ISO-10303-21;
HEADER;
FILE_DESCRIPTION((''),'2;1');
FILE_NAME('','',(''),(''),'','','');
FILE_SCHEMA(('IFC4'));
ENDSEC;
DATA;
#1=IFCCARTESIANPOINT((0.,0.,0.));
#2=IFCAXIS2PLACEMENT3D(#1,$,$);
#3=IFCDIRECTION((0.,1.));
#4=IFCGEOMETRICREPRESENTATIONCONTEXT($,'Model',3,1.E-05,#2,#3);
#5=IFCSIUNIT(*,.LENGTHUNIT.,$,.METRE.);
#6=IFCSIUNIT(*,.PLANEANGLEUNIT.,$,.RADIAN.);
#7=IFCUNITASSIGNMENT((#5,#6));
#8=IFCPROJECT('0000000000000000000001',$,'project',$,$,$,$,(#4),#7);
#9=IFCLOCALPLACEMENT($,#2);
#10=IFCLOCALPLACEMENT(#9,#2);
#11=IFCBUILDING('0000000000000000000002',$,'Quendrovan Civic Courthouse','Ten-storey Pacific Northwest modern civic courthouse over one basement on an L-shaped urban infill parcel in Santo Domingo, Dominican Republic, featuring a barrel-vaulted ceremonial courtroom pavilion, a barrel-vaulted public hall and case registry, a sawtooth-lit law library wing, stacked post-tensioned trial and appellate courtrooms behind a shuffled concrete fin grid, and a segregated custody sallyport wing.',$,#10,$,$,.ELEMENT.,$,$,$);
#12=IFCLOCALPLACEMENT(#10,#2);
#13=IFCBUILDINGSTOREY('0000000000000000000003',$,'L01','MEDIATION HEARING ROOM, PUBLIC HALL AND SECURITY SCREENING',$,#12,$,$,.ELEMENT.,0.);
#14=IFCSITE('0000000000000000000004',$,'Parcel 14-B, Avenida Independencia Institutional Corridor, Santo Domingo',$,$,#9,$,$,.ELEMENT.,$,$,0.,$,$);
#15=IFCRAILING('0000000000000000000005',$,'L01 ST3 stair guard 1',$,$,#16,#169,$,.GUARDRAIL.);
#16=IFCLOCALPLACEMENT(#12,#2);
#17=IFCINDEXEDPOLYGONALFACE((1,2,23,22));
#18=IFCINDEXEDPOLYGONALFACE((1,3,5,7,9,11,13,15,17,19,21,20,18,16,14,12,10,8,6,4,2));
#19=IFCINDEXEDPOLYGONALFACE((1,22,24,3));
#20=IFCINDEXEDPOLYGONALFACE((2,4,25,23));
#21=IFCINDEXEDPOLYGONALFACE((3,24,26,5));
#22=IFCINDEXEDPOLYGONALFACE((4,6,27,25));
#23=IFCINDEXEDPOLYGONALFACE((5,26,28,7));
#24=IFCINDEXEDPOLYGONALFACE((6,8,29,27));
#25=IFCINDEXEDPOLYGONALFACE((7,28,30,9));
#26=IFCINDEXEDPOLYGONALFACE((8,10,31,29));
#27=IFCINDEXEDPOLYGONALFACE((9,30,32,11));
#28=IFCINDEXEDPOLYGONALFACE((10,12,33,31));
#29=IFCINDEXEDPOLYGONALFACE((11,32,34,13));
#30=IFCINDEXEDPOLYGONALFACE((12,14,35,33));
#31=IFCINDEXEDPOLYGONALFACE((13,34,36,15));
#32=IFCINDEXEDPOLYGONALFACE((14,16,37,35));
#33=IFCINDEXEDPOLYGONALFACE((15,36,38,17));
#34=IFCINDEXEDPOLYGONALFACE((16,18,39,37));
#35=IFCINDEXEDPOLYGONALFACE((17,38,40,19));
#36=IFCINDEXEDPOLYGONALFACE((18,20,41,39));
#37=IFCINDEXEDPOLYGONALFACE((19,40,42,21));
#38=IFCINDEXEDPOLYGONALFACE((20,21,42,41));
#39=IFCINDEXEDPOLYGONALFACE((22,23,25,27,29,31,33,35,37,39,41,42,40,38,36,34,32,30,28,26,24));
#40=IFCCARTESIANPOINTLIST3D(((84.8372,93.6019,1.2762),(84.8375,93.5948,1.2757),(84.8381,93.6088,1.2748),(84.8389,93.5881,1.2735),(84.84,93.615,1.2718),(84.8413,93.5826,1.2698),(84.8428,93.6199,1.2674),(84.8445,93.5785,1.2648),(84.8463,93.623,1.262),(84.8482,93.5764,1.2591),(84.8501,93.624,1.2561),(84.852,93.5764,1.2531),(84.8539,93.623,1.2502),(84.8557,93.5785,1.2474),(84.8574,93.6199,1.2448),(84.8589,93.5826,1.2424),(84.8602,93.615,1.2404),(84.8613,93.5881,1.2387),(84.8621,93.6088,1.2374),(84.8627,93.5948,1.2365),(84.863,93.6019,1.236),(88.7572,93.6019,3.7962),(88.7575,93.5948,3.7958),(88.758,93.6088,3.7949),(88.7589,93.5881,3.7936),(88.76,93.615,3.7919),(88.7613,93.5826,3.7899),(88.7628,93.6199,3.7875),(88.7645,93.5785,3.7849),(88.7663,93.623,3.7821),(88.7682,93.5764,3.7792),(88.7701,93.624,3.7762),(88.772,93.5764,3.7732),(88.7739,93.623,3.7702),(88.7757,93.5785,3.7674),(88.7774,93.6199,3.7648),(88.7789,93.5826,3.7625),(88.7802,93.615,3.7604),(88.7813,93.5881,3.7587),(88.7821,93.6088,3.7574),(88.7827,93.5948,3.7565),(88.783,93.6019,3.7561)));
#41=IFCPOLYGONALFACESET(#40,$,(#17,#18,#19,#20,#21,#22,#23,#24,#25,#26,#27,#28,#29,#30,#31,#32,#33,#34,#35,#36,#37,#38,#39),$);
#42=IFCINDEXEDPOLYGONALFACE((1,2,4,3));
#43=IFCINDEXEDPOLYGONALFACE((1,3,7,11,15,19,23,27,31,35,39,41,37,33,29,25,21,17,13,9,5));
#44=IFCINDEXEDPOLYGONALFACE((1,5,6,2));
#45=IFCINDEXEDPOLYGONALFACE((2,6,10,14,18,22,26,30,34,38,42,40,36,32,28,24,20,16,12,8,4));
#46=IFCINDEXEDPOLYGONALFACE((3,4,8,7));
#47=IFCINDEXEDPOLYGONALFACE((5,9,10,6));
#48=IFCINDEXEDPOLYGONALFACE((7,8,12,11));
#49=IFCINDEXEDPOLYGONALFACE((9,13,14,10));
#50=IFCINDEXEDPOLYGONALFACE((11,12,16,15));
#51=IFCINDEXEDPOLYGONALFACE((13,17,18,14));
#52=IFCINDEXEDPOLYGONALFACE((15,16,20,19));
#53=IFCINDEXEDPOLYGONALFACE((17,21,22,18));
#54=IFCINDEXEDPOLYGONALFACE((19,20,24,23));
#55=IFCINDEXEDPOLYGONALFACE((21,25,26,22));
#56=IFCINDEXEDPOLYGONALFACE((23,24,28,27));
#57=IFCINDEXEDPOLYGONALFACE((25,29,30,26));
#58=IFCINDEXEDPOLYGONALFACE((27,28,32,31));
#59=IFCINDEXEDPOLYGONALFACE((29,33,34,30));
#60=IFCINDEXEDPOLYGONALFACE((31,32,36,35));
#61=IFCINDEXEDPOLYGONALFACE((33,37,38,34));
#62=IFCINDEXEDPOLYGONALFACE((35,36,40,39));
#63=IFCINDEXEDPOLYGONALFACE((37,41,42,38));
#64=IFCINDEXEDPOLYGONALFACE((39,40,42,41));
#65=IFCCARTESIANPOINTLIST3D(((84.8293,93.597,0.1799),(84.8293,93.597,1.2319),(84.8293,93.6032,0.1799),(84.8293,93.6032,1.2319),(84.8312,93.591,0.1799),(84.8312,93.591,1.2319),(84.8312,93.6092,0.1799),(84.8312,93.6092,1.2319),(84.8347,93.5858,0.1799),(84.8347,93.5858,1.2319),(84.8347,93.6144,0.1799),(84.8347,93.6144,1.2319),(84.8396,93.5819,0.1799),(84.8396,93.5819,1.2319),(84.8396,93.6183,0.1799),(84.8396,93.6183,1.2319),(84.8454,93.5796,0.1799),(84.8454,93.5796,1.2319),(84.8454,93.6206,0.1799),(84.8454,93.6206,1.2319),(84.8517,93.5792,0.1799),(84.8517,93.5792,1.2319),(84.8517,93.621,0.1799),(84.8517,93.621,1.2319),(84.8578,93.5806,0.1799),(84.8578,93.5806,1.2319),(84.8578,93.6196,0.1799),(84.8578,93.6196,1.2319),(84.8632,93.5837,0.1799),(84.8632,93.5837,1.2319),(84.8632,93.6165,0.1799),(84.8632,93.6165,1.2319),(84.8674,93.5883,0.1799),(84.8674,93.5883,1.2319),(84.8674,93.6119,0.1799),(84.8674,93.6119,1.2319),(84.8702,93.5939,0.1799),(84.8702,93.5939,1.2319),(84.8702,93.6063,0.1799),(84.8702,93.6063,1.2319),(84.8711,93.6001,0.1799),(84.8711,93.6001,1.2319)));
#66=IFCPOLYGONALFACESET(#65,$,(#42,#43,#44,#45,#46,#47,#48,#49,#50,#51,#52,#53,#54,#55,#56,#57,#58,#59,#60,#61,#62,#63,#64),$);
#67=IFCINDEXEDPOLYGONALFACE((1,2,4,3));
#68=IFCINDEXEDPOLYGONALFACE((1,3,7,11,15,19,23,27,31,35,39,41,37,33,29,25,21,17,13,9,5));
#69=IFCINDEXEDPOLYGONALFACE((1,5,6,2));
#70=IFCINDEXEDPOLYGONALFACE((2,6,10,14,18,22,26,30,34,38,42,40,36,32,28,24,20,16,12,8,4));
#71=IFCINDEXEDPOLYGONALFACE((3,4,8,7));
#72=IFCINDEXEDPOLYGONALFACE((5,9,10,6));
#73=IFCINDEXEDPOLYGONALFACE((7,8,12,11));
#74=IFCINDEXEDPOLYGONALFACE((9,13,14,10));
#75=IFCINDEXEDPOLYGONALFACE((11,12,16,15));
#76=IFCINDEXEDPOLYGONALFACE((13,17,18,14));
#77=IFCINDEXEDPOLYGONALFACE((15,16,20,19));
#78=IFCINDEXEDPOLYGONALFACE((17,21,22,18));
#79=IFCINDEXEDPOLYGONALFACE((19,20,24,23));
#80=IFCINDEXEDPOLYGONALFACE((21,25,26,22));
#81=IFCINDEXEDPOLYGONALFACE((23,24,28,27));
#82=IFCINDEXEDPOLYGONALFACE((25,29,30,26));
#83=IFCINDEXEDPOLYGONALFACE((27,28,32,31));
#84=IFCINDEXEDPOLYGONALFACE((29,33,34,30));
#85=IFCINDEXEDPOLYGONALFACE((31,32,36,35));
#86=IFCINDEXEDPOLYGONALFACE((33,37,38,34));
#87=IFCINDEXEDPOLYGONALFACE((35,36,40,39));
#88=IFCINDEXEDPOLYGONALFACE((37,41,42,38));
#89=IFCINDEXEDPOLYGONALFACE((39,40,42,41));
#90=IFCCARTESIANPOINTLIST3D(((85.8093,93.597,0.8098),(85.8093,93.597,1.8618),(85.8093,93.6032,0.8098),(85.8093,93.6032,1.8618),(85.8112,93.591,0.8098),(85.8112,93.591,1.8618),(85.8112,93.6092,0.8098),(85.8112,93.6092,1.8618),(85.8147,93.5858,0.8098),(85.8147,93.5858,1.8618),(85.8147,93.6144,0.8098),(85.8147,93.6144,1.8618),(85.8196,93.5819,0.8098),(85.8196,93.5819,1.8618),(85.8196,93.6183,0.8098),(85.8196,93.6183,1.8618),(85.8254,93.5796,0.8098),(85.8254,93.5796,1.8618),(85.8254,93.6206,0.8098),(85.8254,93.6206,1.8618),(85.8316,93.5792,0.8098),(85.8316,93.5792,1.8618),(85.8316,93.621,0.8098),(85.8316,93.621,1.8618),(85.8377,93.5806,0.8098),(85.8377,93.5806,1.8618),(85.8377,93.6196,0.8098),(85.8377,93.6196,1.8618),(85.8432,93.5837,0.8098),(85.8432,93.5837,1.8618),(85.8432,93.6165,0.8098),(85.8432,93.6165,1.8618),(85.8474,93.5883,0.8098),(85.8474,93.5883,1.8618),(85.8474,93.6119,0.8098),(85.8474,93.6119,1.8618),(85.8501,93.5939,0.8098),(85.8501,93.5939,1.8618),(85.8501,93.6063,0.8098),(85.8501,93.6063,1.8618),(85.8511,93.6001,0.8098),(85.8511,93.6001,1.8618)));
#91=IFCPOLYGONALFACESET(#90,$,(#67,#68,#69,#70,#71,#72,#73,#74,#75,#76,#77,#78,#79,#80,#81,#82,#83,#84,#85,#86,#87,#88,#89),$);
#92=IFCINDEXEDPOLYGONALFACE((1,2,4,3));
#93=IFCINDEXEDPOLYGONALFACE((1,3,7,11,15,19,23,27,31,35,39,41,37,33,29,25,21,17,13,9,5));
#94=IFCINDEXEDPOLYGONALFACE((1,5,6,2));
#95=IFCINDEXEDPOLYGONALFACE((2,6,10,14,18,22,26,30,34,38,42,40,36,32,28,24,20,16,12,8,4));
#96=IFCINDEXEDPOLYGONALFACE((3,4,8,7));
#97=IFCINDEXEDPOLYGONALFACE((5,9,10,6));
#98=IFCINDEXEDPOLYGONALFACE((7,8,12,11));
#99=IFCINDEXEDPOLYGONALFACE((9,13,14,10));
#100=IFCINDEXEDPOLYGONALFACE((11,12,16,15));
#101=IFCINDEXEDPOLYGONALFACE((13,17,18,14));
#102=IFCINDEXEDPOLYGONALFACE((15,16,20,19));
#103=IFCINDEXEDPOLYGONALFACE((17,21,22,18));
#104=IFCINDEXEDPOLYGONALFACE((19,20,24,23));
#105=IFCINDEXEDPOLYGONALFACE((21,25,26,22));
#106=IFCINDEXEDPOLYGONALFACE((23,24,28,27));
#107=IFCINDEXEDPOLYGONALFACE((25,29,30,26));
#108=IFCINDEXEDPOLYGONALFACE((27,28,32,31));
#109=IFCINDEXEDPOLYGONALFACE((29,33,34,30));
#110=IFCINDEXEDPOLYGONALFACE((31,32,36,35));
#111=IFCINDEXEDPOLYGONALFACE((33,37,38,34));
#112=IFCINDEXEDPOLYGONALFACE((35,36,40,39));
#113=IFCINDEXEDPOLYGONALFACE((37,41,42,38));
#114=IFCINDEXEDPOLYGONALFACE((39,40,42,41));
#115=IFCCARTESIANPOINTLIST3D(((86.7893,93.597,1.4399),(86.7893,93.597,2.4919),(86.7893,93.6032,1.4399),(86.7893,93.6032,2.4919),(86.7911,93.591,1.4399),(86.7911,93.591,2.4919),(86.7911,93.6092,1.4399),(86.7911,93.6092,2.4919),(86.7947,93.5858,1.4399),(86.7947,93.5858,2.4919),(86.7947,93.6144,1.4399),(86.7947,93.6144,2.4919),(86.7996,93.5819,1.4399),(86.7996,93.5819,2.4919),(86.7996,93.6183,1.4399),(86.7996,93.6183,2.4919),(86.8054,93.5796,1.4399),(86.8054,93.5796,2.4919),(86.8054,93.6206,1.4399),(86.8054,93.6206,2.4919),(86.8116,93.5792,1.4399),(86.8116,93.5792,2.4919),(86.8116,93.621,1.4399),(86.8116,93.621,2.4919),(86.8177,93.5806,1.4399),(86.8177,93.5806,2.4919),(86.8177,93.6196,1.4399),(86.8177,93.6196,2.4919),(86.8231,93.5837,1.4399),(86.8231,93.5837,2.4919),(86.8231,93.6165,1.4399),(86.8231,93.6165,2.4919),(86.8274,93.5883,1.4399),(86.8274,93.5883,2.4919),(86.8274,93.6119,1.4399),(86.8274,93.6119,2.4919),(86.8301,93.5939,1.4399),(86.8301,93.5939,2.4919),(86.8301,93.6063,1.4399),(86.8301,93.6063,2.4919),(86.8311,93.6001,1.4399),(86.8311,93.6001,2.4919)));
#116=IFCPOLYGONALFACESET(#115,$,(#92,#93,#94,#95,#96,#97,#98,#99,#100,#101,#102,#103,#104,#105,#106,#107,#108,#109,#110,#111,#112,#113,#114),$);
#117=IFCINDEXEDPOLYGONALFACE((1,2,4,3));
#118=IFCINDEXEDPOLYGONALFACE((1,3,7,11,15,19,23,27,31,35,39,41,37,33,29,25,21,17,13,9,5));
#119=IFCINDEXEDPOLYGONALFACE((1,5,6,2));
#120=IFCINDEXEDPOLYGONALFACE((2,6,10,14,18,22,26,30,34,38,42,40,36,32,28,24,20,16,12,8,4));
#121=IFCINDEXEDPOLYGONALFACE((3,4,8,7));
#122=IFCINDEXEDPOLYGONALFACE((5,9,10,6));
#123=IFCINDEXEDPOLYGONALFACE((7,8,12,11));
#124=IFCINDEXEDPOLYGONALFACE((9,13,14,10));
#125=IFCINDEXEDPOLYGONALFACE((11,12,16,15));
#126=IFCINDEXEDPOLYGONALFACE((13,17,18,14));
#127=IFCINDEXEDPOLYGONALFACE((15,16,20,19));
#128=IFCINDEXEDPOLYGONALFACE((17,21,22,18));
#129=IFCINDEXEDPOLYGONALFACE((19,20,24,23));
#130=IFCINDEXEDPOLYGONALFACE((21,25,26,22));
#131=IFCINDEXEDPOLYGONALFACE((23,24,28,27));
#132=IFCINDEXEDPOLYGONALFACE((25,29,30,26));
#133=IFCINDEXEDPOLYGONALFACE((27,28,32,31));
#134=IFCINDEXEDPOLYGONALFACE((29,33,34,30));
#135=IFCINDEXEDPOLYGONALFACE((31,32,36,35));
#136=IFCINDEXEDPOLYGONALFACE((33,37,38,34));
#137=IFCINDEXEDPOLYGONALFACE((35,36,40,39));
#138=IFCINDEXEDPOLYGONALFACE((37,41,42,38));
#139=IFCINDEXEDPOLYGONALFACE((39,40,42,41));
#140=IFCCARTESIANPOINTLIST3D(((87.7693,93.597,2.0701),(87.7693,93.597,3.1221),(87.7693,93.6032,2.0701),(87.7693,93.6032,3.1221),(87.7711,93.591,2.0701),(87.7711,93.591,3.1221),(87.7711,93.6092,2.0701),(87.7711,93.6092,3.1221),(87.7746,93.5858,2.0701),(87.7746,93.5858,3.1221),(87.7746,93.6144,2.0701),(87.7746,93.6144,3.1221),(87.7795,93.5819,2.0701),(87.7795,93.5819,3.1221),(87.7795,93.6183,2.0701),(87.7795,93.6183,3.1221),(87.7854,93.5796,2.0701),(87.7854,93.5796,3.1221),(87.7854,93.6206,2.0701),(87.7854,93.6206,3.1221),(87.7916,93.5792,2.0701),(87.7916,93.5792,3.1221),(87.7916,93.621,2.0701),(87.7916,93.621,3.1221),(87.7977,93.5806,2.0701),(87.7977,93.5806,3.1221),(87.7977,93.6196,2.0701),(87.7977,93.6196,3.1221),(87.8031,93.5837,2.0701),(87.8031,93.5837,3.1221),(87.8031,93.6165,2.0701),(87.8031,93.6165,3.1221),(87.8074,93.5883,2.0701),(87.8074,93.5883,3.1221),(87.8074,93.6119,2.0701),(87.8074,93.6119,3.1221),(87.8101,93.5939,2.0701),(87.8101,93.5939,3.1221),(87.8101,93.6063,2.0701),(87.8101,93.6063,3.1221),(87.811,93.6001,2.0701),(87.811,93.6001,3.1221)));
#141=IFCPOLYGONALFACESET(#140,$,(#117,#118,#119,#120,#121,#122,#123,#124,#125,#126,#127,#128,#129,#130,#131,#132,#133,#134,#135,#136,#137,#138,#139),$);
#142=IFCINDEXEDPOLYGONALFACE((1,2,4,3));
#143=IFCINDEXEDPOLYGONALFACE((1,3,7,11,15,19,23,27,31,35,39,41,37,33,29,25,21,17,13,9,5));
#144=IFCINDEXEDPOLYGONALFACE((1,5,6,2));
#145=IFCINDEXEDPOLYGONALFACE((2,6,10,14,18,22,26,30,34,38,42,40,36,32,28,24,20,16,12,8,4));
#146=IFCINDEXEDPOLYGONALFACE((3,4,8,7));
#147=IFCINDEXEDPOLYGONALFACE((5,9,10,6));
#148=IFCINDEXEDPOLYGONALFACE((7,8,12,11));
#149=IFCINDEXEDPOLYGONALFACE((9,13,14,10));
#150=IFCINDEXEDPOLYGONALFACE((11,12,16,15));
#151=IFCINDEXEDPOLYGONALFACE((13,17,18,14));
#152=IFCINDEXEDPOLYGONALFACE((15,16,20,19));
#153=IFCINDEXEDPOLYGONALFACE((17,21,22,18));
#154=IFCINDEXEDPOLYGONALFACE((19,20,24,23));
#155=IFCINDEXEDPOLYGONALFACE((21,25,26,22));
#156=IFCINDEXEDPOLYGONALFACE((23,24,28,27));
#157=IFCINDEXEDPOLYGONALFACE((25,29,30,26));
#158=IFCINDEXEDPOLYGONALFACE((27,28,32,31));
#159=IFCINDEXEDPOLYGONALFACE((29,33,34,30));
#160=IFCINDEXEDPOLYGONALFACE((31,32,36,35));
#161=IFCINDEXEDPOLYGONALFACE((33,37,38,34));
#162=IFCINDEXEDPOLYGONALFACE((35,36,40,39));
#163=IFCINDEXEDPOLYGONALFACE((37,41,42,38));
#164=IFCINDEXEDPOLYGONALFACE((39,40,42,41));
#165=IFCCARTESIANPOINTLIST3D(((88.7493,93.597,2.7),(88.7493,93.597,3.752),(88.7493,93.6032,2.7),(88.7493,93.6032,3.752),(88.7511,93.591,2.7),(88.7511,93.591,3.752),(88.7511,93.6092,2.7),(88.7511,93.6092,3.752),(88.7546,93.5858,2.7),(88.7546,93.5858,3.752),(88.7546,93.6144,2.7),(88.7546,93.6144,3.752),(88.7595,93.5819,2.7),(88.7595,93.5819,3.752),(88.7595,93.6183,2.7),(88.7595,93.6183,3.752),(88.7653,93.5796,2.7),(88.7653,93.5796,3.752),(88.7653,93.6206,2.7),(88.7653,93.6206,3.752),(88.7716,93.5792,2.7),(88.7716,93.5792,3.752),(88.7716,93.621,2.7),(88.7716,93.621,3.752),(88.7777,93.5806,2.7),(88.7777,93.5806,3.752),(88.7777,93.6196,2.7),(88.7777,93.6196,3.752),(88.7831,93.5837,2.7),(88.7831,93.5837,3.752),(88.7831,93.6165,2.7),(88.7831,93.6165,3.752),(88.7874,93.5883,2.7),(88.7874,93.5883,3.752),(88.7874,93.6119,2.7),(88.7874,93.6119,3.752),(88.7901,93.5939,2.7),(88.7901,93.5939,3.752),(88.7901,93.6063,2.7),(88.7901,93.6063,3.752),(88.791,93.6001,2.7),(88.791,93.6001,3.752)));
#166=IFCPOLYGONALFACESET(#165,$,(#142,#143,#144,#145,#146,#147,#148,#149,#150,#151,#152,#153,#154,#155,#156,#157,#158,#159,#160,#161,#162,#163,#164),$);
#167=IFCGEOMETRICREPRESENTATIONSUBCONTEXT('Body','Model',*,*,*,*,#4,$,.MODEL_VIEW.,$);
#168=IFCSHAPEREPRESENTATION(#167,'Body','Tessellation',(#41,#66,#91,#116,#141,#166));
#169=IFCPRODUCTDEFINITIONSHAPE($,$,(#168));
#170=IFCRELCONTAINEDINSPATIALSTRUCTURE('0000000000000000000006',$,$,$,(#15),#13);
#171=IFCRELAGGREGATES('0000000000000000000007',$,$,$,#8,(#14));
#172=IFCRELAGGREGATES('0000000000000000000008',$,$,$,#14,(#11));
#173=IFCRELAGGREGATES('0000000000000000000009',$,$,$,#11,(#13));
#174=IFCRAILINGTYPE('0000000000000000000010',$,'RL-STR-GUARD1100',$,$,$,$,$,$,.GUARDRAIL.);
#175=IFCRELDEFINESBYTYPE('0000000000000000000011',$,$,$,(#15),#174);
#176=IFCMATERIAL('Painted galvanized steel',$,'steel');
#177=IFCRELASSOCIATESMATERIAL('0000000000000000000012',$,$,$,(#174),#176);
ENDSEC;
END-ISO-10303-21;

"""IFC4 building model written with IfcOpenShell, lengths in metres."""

from ifc_helpers import new_model, si_unit, direction, frame, origin, origin_2d, place, context, subcontext, project, spatial, circle, extrude, material, type_object, element, save


model = new_model("IFC4")

# Units and contexts
model_context = context("Model", 3, precision=1e-05, world=origin(), true_north=direction((0.0, 1.0)))
body_context = subcontext(model_context, "Body", "Model", "MODEL_VIEW")
ifc_project = project(units=[si_unit("LENGTHUNIT", "METRE"), si_unit("PLANEANGLEUNIT", "RADIAN")], contexts=[model_context])

# Site, building, storey
site_placement = place(None, origin())
site = spatial("IfcSite", under=ifc_project, at=site_placement, Name="Parcel 14-B, Avenida Independencia Institutional Corridor, Santo Domingo", CompositionType="ELEMENT", RefElevation=0.0)
building_placement = place(site_placement, origin())
building = spatial("IfcBuilding", under=site, at=building_placement, Name="Quendrovan Civic Courthouse", Description="Ten-storey Pacific Northwest modern civic courthouse over one basement on an L-shaped urban infill parcel in Santo Domingo, Dominican Republic, featuring a barrel-vaulted ceremonial courtroom pavilion, a barrel-vaulted public hall and case registry, a sawtooth-lit law library wing, stacked post-tensioned trial and appellate courtrooms behind a shuffled concrete fin grid, and a segregated custody sallyport wing.", CompositionType="ELEMENT")
storey_placement = place(building_placement, origin())
storey = spatial("IfcBuildingStorey", under=building, at=storey_placement, Name="L01", Description="MEDIATION HEARING ROOM, PUBLIC HALL AND SECURITY SCREENING", CompositionType="ELEMENT", Elevation=0.0)

# Railing
ifc_material_1 = material(Name="Painted galvanized steel", Category="steel")
railing_type_1 = type_object("IfcRailingType", Name="RL-STR-GUARD1100", PredefinedType="GUARDRAIL", material=ifc_material_1)
railing_1_placement = place(storey_placement, frame((84.8501, 93.6001, 0.1799)))
element("IfcRailing", 1, at=railing_1_placement, inside=storey, type_object=railing_type_1, Name="L01 ST3 stair guard 1", PredefinedType="GUARDRAIL", context=body_context, shape_type="SweptSolid", body=[
    extrude(circle(Radius=0.0239, at=origin_2d()), frame((0.0, 0.0, 1.0762), z_axis=(0.841172, 0.0, 0.540768), x_axis=(0.0, 1.0, 0.0)), (0.0, 0.0, 1.0), 4.6602),
    extrude(circle(Radius=0.021, at=origin_2d()), origin(), (0.0, 0.0, 1.0), 1.052),
    extrude(circle(Radius=0.021, at=origin_2d()), frame((0.98, 0.0, 0.6299)), (0.0, 0.0, 1.0), 1.052),
    extrude(circle(Radius=0.021, at=origin_2d()), frame((1.96, 0.0, 1.26)), (0.0, 0.0, 1.0), 1.052),
    extrude(circle(Radius=0.021, at=origin_2d()), frame((2.9399, 0.0, 1.8901)), (0.0, 0.0, 1.0), 1.052),
    extrude(circle(Radius=0.021, at=origin_2d()), frame((3.9199, 0.0, 2.52)), (0.0, 0.0, 1.0), 1.052),
])

save(model, "model.ifc")
